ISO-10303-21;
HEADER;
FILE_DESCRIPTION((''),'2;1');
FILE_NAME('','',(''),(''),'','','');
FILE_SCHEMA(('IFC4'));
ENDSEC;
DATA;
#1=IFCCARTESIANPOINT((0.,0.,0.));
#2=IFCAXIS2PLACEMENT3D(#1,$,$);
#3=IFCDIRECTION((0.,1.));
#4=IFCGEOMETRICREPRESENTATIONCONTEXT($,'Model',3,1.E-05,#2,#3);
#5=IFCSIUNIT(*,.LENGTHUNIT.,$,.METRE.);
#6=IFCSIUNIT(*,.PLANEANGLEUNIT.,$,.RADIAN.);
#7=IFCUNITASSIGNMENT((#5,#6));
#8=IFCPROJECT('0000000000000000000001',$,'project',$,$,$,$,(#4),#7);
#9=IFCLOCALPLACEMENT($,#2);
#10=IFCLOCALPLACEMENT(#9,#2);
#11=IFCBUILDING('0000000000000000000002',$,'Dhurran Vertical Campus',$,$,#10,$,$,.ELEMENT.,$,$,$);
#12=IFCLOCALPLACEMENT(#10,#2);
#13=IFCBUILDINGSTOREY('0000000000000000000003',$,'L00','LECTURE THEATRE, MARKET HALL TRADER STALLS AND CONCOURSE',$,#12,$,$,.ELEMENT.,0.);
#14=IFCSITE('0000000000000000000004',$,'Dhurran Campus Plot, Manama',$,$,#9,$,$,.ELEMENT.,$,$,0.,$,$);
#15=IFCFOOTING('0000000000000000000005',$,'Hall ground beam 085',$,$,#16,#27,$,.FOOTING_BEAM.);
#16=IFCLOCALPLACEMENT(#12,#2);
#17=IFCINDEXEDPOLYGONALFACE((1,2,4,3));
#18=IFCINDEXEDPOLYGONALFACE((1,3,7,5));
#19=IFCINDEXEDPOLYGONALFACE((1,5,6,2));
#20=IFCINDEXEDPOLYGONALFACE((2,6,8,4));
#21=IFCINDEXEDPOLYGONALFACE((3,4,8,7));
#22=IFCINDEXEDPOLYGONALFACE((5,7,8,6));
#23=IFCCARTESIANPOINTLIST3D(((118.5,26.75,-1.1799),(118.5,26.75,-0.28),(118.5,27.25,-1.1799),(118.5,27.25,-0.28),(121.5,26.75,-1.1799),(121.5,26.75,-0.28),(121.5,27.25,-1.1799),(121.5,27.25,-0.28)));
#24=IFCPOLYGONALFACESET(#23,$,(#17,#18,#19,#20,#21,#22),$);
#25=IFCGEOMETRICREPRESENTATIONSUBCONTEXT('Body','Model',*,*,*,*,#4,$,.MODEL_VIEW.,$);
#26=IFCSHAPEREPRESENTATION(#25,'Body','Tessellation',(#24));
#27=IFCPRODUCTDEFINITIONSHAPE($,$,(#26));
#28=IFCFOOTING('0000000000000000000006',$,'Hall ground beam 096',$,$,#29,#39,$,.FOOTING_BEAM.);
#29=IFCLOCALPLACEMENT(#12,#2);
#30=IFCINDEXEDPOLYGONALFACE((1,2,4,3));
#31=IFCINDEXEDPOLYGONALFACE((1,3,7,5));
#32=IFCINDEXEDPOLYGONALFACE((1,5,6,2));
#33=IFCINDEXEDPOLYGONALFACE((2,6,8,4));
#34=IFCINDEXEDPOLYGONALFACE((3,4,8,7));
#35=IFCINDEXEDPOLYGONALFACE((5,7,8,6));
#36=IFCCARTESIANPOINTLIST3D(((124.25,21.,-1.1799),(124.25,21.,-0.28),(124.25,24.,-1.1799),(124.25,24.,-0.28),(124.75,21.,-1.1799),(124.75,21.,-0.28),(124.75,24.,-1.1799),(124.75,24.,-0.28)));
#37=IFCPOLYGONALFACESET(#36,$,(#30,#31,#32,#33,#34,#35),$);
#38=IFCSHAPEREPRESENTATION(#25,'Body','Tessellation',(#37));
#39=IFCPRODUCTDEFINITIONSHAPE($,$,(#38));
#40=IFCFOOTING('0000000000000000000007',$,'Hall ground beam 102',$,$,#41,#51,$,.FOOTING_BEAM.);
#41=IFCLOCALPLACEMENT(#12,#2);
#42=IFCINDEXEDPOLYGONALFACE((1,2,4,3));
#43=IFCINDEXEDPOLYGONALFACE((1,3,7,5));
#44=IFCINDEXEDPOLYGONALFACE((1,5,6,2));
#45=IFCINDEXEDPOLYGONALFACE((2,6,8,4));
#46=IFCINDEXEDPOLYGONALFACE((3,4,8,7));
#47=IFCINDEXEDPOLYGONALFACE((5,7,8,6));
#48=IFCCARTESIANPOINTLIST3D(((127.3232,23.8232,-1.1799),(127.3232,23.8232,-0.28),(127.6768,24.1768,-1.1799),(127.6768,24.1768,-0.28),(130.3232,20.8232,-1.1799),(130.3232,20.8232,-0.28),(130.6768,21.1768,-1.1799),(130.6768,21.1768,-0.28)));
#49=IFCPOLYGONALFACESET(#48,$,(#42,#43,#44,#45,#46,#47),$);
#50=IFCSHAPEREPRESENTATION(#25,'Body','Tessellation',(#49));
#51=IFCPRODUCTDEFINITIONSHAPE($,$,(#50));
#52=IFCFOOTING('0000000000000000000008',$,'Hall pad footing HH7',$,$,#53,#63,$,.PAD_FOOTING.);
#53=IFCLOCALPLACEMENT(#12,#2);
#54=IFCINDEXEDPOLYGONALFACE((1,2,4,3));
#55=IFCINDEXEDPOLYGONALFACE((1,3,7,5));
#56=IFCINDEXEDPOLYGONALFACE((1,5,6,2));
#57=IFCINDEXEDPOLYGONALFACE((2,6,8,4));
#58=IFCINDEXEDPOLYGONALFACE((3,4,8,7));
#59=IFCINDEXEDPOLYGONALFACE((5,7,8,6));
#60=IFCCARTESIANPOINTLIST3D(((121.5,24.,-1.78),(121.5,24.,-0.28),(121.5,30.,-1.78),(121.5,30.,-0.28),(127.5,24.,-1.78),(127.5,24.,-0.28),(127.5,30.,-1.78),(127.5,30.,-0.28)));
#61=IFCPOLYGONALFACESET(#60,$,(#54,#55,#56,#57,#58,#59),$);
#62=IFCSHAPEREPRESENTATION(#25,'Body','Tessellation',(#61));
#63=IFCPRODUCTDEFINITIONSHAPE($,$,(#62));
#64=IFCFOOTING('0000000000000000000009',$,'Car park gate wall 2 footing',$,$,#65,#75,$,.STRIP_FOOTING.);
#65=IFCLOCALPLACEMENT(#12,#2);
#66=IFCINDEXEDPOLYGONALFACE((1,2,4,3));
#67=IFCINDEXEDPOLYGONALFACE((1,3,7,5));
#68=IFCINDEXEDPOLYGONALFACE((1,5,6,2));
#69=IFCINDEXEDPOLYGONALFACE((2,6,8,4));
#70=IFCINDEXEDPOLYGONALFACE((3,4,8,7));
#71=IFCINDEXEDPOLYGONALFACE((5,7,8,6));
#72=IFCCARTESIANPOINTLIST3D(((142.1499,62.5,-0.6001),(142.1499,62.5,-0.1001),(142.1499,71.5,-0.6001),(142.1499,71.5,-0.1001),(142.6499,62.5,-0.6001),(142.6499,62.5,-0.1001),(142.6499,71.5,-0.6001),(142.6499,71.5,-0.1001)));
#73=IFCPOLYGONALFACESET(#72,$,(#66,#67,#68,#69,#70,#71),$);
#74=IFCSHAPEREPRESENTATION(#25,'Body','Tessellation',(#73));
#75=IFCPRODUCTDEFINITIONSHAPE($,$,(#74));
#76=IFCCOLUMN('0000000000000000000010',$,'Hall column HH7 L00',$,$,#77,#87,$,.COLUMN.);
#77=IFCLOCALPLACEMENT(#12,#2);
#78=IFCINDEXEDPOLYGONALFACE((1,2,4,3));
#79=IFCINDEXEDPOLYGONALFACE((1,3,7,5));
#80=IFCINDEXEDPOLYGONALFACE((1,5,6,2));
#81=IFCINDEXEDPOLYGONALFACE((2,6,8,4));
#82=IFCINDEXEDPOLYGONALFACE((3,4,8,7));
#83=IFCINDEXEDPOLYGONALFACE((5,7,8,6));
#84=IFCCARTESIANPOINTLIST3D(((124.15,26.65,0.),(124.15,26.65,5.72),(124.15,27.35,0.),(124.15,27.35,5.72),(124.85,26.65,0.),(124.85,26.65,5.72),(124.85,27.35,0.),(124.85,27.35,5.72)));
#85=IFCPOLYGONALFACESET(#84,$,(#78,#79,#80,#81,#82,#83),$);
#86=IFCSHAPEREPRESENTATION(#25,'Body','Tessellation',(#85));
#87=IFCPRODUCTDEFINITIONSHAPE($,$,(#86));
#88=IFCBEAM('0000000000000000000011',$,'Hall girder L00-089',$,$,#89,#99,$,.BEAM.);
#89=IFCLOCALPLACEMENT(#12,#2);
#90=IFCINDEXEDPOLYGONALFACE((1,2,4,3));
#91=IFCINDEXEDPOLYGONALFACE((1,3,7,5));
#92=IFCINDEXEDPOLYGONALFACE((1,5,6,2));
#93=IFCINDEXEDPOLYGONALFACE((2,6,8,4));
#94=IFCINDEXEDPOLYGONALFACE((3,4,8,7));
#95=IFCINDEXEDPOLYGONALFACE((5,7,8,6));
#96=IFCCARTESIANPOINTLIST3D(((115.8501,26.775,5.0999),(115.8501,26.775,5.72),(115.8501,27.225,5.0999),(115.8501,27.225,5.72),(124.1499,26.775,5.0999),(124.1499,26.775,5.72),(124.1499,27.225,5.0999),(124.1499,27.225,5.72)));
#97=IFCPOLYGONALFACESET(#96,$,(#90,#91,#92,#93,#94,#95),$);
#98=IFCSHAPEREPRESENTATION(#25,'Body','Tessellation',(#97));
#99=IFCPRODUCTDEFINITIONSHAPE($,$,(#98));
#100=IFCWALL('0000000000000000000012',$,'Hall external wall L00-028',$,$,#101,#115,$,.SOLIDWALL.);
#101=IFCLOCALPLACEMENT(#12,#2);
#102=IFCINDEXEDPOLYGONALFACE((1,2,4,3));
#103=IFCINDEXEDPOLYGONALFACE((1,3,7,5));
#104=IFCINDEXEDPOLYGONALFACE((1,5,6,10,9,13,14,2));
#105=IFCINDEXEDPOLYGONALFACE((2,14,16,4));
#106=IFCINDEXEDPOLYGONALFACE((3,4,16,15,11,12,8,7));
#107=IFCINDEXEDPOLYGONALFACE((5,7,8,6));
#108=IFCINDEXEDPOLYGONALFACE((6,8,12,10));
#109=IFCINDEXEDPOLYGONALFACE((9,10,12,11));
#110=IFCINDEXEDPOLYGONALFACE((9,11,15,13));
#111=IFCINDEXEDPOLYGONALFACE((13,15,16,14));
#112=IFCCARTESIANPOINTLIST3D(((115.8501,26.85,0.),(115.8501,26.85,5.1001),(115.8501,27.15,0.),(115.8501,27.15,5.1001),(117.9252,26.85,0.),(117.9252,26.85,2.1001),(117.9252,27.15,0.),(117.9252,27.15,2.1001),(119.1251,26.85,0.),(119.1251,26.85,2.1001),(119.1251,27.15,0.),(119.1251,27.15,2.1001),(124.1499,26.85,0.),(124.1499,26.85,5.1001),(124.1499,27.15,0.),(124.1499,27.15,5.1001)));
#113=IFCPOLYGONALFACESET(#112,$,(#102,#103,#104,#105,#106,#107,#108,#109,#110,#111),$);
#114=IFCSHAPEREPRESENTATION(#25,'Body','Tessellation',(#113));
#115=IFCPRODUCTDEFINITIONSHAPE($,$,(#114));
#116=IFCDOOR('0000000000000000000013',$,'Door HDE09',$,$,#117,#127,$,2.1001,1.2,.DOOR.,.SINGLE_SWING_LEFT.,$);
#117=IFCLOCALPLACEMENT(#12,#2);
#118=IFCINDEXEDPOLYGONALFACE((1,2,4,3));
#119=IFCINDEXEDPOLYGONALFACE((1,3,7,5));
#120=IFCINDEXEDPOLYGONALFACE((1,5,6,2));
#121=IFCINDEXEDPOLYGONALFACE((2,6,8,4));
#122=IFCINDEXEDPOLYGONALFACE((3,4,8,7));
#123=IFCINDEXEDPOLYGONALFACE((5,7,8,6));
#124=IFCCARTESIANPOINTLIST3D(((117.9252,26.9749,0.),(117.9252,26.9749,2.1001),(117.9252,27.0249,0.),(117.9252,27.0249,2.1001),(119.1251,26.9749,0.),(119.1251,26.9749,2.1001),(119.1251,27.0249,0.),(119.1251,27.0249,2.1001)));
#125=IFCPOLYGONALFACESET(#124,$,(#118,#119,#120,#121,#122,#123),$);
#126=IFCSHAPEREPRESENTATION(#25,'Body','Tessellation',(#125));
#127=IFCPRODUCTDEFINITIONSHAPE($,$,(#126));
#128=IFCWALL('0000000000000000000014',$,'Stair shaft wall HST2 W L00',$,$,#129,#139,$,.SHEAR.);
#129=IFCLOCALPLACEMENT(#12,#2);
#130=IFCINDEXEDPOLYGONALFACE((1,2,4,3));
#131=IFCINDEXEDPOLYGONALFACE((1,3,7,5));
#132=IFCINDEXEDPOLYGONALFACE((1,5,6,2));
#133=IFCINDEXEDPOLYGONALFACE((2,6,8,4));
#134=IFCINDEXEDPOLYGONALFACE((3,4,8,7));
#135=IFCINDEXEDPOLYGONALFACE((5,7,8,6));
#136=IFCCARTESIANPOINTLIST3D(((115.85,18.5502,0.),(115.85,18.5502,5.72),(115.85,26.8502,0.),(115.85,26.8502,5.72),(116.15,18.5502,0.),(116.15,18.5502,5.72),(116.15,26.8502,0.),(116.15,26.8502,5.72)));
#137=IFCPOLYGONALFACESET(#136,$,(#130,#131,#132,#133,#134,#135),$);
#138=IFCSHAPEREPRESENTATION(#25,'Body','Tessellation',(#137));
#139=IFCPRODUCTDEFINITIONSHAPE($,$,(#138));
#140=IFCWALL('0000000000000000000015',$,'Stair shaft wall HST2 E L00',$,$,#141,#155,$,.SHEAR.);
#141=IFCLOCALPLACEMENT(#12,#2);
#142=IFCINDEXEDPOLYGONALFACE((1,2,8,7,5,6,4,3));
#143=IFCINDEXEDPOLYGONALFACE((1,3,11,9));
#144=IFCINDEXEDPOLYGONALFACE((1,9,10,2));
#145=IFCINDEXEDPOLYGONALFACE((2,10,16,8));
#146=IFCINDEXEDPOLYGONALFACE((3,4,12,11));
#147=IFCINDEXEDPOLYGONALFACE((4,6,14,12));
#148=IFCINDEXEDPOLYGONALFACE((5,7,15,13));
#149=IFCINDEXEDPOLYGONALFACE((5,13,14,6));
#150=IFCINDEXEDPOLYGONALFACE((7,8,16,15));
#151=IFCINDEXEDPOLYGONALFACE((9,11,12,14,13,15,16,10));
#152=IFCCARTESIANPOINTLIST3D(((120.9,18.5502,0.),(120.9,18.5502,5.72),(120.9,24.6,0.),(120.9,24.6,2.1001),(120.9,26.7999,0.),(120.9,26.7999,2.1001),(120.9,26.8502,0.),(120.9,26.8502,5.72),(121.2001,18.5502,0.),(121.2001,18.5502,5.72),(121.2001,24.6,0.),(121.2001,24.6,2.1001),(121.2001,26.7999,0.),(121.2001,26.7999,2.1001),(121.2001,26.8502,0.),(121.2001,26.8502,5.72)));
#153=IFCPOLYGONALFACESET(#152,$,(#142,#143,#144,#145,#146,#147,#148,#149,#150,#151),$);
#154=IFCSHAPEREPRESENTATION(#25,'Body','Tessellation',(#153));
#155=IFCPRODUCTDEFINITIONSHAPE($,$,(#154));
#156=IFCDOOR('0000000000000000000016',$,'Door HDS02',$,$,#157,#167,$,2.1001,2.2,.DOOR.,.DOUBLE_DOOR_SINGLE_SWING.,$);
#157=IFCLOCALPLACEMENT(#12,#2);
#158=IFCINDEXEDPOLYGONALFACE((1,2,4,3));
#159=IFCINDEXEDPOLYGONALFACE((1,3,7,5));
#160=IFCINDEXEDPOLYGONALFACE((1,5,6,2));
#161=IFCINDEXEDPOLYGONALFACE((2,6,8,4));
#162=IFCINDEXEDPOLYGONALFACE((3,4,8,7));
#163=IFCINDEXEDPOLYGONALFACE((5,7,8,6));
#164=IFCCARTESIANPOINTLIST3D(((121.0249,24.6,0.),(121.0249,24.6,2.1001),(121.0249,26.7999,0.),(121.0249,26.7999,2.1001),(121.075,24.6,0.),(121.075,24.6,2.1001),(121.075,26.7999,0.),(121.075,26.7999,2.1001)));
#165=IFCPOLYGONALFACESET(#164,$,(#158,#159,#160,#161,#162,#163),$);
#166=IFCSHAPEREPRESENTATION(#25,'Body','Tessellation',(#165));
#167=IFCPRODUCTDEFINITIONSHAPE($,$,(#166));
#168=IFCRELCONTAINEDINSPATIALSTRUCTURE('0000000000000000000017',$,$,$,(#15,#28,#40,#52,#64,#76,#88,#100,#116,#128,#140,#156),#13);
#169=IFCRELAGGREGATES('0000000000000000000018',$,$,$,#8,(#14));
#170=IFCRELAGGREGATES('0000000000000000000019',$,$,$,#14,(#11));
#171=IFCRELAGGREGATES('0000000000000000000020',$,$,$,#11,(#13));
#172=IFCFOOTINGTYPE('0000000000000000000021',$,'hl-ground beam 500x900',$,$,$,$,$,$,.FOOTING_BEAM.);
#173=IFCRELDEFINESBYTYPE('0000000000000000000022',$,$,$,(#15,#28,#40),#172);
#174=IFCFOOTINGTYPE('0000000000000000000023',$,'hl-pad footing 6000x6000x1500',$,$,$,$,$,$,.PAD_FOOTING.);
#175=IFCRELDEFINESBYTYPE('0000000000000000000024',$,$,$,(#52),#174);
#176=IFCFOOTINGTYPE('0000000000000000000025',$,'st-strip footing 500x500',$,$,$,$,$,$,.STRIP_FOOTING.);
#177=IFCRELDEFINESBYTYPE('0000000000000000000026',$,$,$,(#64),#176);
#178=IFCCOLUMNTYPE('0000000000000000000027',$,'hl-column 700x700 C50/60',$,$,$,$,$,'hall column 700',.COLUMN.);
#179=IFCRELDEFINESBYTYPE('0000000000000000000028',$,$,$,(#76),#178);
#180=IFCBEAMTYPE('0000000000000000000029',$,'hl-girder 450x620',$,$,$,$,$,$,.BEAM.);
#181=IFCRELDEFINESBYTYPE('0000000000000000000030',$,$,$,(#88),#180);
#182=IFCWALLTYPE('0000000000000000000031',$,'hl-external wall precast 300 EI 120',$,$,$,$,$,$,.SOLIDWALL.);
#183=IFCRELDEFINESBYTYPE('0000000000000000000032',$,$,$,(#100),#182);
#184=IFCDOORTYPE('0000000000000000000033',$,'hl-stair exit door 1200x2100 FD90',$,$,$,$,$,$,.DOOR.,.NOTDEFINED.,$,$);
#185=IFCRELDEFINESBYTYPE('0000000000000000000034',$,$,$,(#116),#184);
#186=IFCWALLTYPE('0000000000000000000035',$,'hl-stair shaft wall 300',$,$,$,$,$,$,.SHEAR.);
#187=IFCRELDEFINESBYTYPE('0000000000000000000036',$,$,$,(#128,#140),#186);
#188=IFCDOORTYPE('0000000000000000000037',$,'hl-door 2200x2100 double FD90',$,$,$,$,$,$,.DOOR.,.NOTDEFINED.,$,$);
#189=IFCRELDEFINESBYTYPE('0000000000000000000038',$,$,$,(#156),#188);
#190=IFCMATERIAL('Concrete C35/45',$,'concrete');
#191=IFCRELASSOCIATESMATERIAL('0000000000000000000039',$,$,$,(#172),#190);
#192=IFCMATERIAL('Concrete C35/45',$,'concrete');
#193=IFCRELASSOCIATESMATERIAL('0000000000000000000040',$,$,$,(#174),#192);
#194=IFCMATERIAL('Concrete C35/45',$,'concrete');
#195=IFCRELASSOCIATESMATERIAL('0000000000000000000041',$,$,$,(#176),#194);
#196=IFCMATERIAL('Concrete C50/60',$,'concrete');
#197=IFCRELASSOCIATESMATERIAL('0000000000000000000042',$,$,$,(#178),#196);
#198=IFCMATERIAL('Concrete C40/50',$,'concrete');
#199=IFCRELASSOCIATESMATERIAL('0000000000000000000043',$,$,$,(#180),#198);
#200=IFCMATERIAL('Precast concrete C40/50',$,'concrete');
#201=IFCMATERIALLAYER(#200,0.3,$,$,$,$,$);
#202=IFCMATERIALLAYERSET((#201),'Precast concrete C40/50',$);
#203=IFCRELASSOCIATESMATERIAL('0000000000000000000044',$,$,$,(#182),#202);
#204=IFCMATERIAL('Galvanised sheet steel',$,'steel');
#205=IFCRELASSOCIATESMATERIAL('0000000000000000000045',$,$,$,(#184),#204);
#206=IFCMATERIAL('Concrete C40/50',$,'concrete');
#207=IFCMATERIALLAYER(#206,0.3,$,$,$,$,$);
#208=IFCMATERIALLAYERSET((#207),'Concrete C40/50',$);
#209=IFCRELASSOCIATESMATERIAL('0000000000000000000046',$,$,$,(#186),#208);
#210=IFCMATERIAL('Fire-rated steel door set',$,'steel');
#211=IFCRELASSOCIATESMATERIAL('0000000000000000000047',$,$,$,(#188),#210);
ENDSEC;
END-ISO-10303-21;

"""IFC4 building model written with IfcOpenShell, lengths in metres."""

from ifc_helpers import new_model, si_unit, direction, frame, frame_2d, origin, origin_2d, place, context, subcontext, project, spatial, rectangle, extrude, material, layer, layer_set, material_profile, profile_set, type_object, element, fill, save


model = new_model("IFC4")

# Units and contexts
model_context = context("Model", 3, precision=1e-05, world=origin(), true_north=direction((0.0, 1.0)))
body_context = subcontext(model_context, "Body", "Model", "MODEL_VIEW")
ifc_project = project(units=[si_unit("LENGTHUNIT", "METRE"), si_unit("PLANEANGLEUNIT", "RADIAN")], contexts=[model_context])

# Site, building, storey
site_placement = place(None, origin())
site = spatial("IfcSite", under=ifc_project, at=site_placement, Name="Dhurran Campus Plot, Manama", CompositionType="ELEMENT", RefElevation=0.0)
building_placement = place(site_placement, origin())
building = spatial("IfcBuilding", under=site, at=building_placement, Name="Dhurran Vertical Campus", CompositionType="ELEMENT")
storey_placement = place(building_placement, origin())
storey = spatial("IfcBuildingStorey", under=building, at=storey_placement, Name="L00", Description="LECTURE THEATRE, MARKET HALL TRADER STALLS AND CONCOURSE", CompositionType="ELEMENT", Elevation=0.0)

# Footings
ifc_material_1 = material(Name="Concrete C35/45", Category="concrete")
ifc_material_profile_1 = material_profile(ifc_material_1, rectangle(XDim=0.5, YDim=0.8999, at=origin_2d()), Name="hl-ground beam 500x900")
ifc_profile_set_1 = profile_set([ifc_material_profile_1], Name="Concrete C35/45")
footing_type_1 = type_object("IfcFootingType", Name="hl-ground beam 500x900", PredefinedType="FOOTING_BEAM", material=ifc_profile_set_1)
for number, where, z_axis, x_axis, name in (
    (1, (118.5, 27.0, -0.73), (1.0, 0.0, 0.0), (0.0, 1.0, 0.0), "Hall ground beam 085"),
    (2, (124.5, 21.0, -0.73), (0.0, 1.0, 0.0), (-1.0, 0.0, 0.0), "Hall ground beam 096"),
):
    element("IfcFooting", number, at=place(storey_placement, frame(where, z_axis=z_axis, x_axis=x_axis)), inside=storey, type_object=footing_type_1, Name=name, PredefinedType="FOOTING_BEAM", context=body_context, shape_type="SweptSolid", body=[
        extrude(rectangle(XDim=0.5, YDim=0.8999, at=origin_2d()), origin(), (0.0, 0.0, 1.0), 3.0),
    ])
footing_1_placement = place(storey_placement, frame((130.5, 21.0, -0.73), z_axis=(-0.707107, 0.707107, 0.0), x_axis=(-0.707107, -0.707107, 0.0)))
element("IfcFooting", 3, at=footing_1_placement, inside=storey, type_object=footing_type_1, Name="Hall ground beam 102", PredefinedType="FOOTING_BEAM", context=body_context, shape_type="SweptSolid", body=[
    extrude(rectangle(XDim=0.5, YDim=0.8999, at=origin_2d()), origin(), (0.0, 0.0, 1.0), 4.2427),
])
ifc_material_2 = material(Name="Concrete C35/45", Category="concrete")
footing_type_2 = type_object("IfcFootingType", Name="hl-pad footing 6000x6000x1500", PredefinedType="PAD_FOOTING", material=ifc_material_2)
footing_2_placement = place(storey_placement, frame((124.5, 27.0, -1.78), z_axis=(0.0, 0.0, 1.0), x_axis=(1.0, 0.0, 0.0)))
element("IfcFooting", 4, at=footing_2_placement, inside=storey, type_object=footing_type_2, Name="Hall pad footing HH7", PredefinedType="PAD_FOOTING", context=body_context, shape_type="SweptSolid", body=[
    extrude(rectangle(XDim=6.0, YDim=6.0, at=origin_2d()), origin(), (0.0, 0.0, 1.0), 1.5),
])
ifc_material_3 = material(Name="Concrete C35/45", Category="concrete")
ifc_material_profile_2 = material_profile(ifc_material_3, rectangle(XDim=0.5, YDim=0.5, at=origin_2d()), Name="st-strip footing 500x500")
ifc_profile_set_2 = profile_set([ifc_material_profile_2], Name="Concrete C35/45")
footing_type_3 = type_object("IfcFootingType", Name="st-strip footing 500x500", PredefinedType="STRIP_FOOTING", material=ifc_profile_set_2)
footing_3_placement = place(storey_placement, frame((142.3999, 62.5, -0.3501), z_axis=(0.0, 1.0, 0.0), x_axis=(-1.0, 0.0, 0.0)))
element("IfcFooting", 5, at=footing_3_placement, inside=storey, type_object=footing_type_3, Name="Car park gate wall 2 footing", PredefinedType="STRIP_FOOTING", context=body_context, shape_type="SweptSolid", body=[
    extrude(rectangle(XDim=0.5, YDim=0.5, at=origin_2d()), origin(), (0.0, 0.0, 1.0), 9.0),
])

# Column
ifc_material_4 = material(Name="Concrete C50/60", Category="concrete")
ifc_material_profile_3 = material_profile(ifc_material_4, rectangle(XDim=0.7, YDim=0.7, at=origin_2d()), Name="hl-column 700x700 C50/60")
ifc_profile_set_3 = profile_set([ifc_material_profile_3], Name="Concrete C50/60")
column_type = type_object("IfcColumnType", Name="hl-column 700x700 C50/60", ElementType="hall column 700", PredefinedType="COLUMN", material=ifc_profile_set_3)
column_placement = place(storey_placement, frame((124.5, 27.0, 0.0), z_axis=(0.0, 0.0, 1.0), x_axis=(1.0, 0.0, 0.0)))
element("IfcColumn", 6, at=column_placement, inside=storey, type_object=column_type, Name="Hall column HH7 L00", PredefinedType="COLUMN", context=body_context, shape_type="SweptSolid", body=[
    extrude(rectangle(XDim=0.7, YDim=0.7, at=origin_2d()), origin(), (0.0, 0.0, 1.0), 5.72),
])

# Beam
ifc_material_5 = material(Name="Concrete C40/50", Category="concrete")
ifc_material_profile_4 = material_profile(ifc_material_5, rectangle(XDim=0.45, YDim=0.6201, at=origin_2d()), Name="hl-girder 450x620")
ifc_profile_set_4 = profile_set([ifc_material_profile_4], Name="Concrete C40/50")
beam_type = type_object("IfcBeamType", Name="hl-girder 450x620", PredefinedType="BEAM", material=ifc_profile_set_4)
beam_placement = place(storey_placement, frame((115.8501, 27.0, 5.4099), z_axis=(1.0, 0.0, 0.0), x_axis=(0.0, 1.0, 0.0)))
element("IfcBeam", 7, at=beam_placement, inside=storey, type_object=beam_type, Name="Hall girder L00-089", PredefinedType="BEAM", context=body_context, shape_type="SweptSolid", body=[
    extrude(rectangle(XDim=0.45, YDim=0.6201, at=origin_2d()), origin(), (0.0, 0.0, 1.0), 8.2998),
])

# Wall, opening, door
ifc_material_6 = material(Name="Precast concrete C40/50", Category="concrete")
ifc_layer_1 = layer(ifc_material_6, 0.3)
ifc_layer_set_1 = layer_set([ifc_layer_1], Name="Precast concrete C40/50")
wall_type_1 = type_object("IfcWallType", Name="hl-external wall precast 300 EI 120", PredefinedType="SOLIDWALL", material=ifc_layer_set_1)
wall_1_placement = place(storey_placement, frame((124.1499, 27.0, 0.0), z_axis=(0.0, 0.0, 1.0), x_axis=(-1.0, 0.0, 0.0)))
wall_1 = element("IfcWall", 8, at=wall_1_placement, inside=storey, type_object=wall_type_1, Name="Hall external wall L00-028", PredefinedType="SOLIDWALL", context=body_context, shape_type="SweptSolid", body=[
    extrude(rectangle(XDim=8.2998, YDim=0.3, at=frame_2d((4.1499, 0.0))), origin(), (0.0, 0.0, 1.0), 5.1001),
])
opening_1_placement = place(wall_1_placement, frame((6.2249, 0.0, 0.0), z_axis=(0.0, 0.0, 1.0), x_axis=(-1.0, 0.0, 0.0)))
opening_1 = element("IfcOpeningElement", 9, at=opening_1_placement, cuts=wall_1, PredefinedType="OPENING", context=body_context, shape_type="SweptSolid", body=[
    extrude(rectangle(XDim=1.2, YDim=2.1001, at=frame_2d((0.6001, 1.05))), frame((0.0, 0.1599, 0.0), z_axis=(0.0, -1.0, 0.0), x_axis=(1.0, 0.0, 0.0)), (0.0, 0.0, 1.0), 0.3201),
])
ifc_material_7 = material(Name="Galvanised sheet steel", Category="steel")
door_type_1 = type_object("IfcDoorType", Name="hl-stair exit door 1200x2100 FD90", OperationType="NOTDEFINED", PredefinedType="DOOR", material=ifc_material_7)
door_1_placement = place(opening_1_placement, origin())
door_1 = element("IfcDoor", 10, at=door_1_placement, inside=storey, type_object=door_type_1, Name="Door HDE09", OperationType="SINGLE_SWING_LEFT", OverallHeight=2.1001, OverallWidth=1.2, PredefinedType="DOOR", context=body_context, shape_type="SweptSolid", body=[
    extrude(rectangle(XDim=1.2, YDim=2.1001, at=frame_2d((0.6001, 1.05))), frame((0.0, 0.0249, 0.0), z_axis=(0.0, -1.0, 0.0), x_axis=(1.0, 0.0, 0.0)), (0.0, 0.0, 1.0), 0.05),
])
fill(opening_1, door_1)

# Wall
ifc_material_8 = material(Name="Concrete C40/50", Category="concrete")
ifc_layer_2 = layer(ifc_material_8, 0.3)
ifc_layer_set_2 = layer_set([ifc_layer_2], Name="Concrete C40/50")
wall_type_2 = type_object("IfcWallType", Name="hl-stair shaft wall 300", PredefinedType="SHEAR", material=ifc_layer_set_2)
wall_2_placement = place(storey_placement, frame((116.0, 26.8501, 0.0), z_axis=(0.0, 0.0, 1.0), x_axis=(0.0, -1.0, 0.0)))
element("IfcWall", 11, at=wall_2_placement, inside=storey, type_object=wall_type_2, Name="Stair shaft wall HST2 W L00", PredefinedType="SHEAR", context=body_context, shape_type="SweptSolid", body=[
    extrude(rectangle(XDim=8.3, YDim=0.3, at=frame_2d((4.1499, 0.0))), origin(), (0.0, 0.0, 1.0), 5.72),
])

# Wall, opening, door
wall_3_placement = place(storey_placement, frame((121.05, 26.8501, 0.0), z_axis=(0.0, 0.0, 1.0), x_axis=(0.0, -1.0, 0.0)))
wall_3 = element("IfcWall", 12, at=wall_3_placement, inside=storey, type_object=wall_type_2, Name="Stair shaft wall HST2 E L00", PredefinedType="SHEAR", context=body_context, shape_type="SweptSolid", body=[
    extrude(rectangle(XDim=8.3, YDim=0.3, at=frame_2d((4.1499, 0.0))), origin(), (0.0, 0.0, 1.0), 5.72),
])
opening_2_placement = place(wall_3_placement, frame((0.05, 0.0, 0.0)))
opening_2 = element("IfcOpeningElement", 13, at=opening_2_placement, cuts=wall_3, PredefinedType="OPENING", context=body_context, shape_type="SweptSolid", body=[
    extrude(rectangle(XDim=2.2, YDim=2.1001, at=frame_2d((1.1001, 1.05))), frame((0.0, 0.1599, 0.0), z_axis=(0.0, -1.0, 0.0), x_axis=(1.0, 0.0, 0.0)), (0.0, 0.0, 1.0), 0.3201),
])
ifc_material_9 = material(Name="Fire-rated steel door set", Category="steel")
door_type_2 = type_object("IfcDoorType", Name="hl-door 2200x2100 double FD90", OperationType="NOTDEFINED", PredefinedType="DOOR", material=ifc_material_9)
door_2_placement = place(opening_2_placement, origin())
door_2 = element("IfcDoor", 14, at=door_2_placement, inside=storey, type_object=door_type_2, Name="Door HDS02", OperationType="DOUBLE_DOOR_SINGLE_SWING", OverallHeight=2.1001, OverallWidth=2.2, PredefinedType="DOOR", context=body_context, shape_type="SweptSolid", body=[
    extrude(rectangle(XDim=2.2, YDim=2.1001, at=frame_2d((1.1001, 1.05))), frame((0.0, 0.0249, 0.0), z_axis=(0.0, -1.0, 0.0), x_axis=(1.0, 0.0, 0.0)), (0.0, 0.0, 1.0), 0.05),
])
fill(opening_2, door_2)

save(model, "model.ifc")
